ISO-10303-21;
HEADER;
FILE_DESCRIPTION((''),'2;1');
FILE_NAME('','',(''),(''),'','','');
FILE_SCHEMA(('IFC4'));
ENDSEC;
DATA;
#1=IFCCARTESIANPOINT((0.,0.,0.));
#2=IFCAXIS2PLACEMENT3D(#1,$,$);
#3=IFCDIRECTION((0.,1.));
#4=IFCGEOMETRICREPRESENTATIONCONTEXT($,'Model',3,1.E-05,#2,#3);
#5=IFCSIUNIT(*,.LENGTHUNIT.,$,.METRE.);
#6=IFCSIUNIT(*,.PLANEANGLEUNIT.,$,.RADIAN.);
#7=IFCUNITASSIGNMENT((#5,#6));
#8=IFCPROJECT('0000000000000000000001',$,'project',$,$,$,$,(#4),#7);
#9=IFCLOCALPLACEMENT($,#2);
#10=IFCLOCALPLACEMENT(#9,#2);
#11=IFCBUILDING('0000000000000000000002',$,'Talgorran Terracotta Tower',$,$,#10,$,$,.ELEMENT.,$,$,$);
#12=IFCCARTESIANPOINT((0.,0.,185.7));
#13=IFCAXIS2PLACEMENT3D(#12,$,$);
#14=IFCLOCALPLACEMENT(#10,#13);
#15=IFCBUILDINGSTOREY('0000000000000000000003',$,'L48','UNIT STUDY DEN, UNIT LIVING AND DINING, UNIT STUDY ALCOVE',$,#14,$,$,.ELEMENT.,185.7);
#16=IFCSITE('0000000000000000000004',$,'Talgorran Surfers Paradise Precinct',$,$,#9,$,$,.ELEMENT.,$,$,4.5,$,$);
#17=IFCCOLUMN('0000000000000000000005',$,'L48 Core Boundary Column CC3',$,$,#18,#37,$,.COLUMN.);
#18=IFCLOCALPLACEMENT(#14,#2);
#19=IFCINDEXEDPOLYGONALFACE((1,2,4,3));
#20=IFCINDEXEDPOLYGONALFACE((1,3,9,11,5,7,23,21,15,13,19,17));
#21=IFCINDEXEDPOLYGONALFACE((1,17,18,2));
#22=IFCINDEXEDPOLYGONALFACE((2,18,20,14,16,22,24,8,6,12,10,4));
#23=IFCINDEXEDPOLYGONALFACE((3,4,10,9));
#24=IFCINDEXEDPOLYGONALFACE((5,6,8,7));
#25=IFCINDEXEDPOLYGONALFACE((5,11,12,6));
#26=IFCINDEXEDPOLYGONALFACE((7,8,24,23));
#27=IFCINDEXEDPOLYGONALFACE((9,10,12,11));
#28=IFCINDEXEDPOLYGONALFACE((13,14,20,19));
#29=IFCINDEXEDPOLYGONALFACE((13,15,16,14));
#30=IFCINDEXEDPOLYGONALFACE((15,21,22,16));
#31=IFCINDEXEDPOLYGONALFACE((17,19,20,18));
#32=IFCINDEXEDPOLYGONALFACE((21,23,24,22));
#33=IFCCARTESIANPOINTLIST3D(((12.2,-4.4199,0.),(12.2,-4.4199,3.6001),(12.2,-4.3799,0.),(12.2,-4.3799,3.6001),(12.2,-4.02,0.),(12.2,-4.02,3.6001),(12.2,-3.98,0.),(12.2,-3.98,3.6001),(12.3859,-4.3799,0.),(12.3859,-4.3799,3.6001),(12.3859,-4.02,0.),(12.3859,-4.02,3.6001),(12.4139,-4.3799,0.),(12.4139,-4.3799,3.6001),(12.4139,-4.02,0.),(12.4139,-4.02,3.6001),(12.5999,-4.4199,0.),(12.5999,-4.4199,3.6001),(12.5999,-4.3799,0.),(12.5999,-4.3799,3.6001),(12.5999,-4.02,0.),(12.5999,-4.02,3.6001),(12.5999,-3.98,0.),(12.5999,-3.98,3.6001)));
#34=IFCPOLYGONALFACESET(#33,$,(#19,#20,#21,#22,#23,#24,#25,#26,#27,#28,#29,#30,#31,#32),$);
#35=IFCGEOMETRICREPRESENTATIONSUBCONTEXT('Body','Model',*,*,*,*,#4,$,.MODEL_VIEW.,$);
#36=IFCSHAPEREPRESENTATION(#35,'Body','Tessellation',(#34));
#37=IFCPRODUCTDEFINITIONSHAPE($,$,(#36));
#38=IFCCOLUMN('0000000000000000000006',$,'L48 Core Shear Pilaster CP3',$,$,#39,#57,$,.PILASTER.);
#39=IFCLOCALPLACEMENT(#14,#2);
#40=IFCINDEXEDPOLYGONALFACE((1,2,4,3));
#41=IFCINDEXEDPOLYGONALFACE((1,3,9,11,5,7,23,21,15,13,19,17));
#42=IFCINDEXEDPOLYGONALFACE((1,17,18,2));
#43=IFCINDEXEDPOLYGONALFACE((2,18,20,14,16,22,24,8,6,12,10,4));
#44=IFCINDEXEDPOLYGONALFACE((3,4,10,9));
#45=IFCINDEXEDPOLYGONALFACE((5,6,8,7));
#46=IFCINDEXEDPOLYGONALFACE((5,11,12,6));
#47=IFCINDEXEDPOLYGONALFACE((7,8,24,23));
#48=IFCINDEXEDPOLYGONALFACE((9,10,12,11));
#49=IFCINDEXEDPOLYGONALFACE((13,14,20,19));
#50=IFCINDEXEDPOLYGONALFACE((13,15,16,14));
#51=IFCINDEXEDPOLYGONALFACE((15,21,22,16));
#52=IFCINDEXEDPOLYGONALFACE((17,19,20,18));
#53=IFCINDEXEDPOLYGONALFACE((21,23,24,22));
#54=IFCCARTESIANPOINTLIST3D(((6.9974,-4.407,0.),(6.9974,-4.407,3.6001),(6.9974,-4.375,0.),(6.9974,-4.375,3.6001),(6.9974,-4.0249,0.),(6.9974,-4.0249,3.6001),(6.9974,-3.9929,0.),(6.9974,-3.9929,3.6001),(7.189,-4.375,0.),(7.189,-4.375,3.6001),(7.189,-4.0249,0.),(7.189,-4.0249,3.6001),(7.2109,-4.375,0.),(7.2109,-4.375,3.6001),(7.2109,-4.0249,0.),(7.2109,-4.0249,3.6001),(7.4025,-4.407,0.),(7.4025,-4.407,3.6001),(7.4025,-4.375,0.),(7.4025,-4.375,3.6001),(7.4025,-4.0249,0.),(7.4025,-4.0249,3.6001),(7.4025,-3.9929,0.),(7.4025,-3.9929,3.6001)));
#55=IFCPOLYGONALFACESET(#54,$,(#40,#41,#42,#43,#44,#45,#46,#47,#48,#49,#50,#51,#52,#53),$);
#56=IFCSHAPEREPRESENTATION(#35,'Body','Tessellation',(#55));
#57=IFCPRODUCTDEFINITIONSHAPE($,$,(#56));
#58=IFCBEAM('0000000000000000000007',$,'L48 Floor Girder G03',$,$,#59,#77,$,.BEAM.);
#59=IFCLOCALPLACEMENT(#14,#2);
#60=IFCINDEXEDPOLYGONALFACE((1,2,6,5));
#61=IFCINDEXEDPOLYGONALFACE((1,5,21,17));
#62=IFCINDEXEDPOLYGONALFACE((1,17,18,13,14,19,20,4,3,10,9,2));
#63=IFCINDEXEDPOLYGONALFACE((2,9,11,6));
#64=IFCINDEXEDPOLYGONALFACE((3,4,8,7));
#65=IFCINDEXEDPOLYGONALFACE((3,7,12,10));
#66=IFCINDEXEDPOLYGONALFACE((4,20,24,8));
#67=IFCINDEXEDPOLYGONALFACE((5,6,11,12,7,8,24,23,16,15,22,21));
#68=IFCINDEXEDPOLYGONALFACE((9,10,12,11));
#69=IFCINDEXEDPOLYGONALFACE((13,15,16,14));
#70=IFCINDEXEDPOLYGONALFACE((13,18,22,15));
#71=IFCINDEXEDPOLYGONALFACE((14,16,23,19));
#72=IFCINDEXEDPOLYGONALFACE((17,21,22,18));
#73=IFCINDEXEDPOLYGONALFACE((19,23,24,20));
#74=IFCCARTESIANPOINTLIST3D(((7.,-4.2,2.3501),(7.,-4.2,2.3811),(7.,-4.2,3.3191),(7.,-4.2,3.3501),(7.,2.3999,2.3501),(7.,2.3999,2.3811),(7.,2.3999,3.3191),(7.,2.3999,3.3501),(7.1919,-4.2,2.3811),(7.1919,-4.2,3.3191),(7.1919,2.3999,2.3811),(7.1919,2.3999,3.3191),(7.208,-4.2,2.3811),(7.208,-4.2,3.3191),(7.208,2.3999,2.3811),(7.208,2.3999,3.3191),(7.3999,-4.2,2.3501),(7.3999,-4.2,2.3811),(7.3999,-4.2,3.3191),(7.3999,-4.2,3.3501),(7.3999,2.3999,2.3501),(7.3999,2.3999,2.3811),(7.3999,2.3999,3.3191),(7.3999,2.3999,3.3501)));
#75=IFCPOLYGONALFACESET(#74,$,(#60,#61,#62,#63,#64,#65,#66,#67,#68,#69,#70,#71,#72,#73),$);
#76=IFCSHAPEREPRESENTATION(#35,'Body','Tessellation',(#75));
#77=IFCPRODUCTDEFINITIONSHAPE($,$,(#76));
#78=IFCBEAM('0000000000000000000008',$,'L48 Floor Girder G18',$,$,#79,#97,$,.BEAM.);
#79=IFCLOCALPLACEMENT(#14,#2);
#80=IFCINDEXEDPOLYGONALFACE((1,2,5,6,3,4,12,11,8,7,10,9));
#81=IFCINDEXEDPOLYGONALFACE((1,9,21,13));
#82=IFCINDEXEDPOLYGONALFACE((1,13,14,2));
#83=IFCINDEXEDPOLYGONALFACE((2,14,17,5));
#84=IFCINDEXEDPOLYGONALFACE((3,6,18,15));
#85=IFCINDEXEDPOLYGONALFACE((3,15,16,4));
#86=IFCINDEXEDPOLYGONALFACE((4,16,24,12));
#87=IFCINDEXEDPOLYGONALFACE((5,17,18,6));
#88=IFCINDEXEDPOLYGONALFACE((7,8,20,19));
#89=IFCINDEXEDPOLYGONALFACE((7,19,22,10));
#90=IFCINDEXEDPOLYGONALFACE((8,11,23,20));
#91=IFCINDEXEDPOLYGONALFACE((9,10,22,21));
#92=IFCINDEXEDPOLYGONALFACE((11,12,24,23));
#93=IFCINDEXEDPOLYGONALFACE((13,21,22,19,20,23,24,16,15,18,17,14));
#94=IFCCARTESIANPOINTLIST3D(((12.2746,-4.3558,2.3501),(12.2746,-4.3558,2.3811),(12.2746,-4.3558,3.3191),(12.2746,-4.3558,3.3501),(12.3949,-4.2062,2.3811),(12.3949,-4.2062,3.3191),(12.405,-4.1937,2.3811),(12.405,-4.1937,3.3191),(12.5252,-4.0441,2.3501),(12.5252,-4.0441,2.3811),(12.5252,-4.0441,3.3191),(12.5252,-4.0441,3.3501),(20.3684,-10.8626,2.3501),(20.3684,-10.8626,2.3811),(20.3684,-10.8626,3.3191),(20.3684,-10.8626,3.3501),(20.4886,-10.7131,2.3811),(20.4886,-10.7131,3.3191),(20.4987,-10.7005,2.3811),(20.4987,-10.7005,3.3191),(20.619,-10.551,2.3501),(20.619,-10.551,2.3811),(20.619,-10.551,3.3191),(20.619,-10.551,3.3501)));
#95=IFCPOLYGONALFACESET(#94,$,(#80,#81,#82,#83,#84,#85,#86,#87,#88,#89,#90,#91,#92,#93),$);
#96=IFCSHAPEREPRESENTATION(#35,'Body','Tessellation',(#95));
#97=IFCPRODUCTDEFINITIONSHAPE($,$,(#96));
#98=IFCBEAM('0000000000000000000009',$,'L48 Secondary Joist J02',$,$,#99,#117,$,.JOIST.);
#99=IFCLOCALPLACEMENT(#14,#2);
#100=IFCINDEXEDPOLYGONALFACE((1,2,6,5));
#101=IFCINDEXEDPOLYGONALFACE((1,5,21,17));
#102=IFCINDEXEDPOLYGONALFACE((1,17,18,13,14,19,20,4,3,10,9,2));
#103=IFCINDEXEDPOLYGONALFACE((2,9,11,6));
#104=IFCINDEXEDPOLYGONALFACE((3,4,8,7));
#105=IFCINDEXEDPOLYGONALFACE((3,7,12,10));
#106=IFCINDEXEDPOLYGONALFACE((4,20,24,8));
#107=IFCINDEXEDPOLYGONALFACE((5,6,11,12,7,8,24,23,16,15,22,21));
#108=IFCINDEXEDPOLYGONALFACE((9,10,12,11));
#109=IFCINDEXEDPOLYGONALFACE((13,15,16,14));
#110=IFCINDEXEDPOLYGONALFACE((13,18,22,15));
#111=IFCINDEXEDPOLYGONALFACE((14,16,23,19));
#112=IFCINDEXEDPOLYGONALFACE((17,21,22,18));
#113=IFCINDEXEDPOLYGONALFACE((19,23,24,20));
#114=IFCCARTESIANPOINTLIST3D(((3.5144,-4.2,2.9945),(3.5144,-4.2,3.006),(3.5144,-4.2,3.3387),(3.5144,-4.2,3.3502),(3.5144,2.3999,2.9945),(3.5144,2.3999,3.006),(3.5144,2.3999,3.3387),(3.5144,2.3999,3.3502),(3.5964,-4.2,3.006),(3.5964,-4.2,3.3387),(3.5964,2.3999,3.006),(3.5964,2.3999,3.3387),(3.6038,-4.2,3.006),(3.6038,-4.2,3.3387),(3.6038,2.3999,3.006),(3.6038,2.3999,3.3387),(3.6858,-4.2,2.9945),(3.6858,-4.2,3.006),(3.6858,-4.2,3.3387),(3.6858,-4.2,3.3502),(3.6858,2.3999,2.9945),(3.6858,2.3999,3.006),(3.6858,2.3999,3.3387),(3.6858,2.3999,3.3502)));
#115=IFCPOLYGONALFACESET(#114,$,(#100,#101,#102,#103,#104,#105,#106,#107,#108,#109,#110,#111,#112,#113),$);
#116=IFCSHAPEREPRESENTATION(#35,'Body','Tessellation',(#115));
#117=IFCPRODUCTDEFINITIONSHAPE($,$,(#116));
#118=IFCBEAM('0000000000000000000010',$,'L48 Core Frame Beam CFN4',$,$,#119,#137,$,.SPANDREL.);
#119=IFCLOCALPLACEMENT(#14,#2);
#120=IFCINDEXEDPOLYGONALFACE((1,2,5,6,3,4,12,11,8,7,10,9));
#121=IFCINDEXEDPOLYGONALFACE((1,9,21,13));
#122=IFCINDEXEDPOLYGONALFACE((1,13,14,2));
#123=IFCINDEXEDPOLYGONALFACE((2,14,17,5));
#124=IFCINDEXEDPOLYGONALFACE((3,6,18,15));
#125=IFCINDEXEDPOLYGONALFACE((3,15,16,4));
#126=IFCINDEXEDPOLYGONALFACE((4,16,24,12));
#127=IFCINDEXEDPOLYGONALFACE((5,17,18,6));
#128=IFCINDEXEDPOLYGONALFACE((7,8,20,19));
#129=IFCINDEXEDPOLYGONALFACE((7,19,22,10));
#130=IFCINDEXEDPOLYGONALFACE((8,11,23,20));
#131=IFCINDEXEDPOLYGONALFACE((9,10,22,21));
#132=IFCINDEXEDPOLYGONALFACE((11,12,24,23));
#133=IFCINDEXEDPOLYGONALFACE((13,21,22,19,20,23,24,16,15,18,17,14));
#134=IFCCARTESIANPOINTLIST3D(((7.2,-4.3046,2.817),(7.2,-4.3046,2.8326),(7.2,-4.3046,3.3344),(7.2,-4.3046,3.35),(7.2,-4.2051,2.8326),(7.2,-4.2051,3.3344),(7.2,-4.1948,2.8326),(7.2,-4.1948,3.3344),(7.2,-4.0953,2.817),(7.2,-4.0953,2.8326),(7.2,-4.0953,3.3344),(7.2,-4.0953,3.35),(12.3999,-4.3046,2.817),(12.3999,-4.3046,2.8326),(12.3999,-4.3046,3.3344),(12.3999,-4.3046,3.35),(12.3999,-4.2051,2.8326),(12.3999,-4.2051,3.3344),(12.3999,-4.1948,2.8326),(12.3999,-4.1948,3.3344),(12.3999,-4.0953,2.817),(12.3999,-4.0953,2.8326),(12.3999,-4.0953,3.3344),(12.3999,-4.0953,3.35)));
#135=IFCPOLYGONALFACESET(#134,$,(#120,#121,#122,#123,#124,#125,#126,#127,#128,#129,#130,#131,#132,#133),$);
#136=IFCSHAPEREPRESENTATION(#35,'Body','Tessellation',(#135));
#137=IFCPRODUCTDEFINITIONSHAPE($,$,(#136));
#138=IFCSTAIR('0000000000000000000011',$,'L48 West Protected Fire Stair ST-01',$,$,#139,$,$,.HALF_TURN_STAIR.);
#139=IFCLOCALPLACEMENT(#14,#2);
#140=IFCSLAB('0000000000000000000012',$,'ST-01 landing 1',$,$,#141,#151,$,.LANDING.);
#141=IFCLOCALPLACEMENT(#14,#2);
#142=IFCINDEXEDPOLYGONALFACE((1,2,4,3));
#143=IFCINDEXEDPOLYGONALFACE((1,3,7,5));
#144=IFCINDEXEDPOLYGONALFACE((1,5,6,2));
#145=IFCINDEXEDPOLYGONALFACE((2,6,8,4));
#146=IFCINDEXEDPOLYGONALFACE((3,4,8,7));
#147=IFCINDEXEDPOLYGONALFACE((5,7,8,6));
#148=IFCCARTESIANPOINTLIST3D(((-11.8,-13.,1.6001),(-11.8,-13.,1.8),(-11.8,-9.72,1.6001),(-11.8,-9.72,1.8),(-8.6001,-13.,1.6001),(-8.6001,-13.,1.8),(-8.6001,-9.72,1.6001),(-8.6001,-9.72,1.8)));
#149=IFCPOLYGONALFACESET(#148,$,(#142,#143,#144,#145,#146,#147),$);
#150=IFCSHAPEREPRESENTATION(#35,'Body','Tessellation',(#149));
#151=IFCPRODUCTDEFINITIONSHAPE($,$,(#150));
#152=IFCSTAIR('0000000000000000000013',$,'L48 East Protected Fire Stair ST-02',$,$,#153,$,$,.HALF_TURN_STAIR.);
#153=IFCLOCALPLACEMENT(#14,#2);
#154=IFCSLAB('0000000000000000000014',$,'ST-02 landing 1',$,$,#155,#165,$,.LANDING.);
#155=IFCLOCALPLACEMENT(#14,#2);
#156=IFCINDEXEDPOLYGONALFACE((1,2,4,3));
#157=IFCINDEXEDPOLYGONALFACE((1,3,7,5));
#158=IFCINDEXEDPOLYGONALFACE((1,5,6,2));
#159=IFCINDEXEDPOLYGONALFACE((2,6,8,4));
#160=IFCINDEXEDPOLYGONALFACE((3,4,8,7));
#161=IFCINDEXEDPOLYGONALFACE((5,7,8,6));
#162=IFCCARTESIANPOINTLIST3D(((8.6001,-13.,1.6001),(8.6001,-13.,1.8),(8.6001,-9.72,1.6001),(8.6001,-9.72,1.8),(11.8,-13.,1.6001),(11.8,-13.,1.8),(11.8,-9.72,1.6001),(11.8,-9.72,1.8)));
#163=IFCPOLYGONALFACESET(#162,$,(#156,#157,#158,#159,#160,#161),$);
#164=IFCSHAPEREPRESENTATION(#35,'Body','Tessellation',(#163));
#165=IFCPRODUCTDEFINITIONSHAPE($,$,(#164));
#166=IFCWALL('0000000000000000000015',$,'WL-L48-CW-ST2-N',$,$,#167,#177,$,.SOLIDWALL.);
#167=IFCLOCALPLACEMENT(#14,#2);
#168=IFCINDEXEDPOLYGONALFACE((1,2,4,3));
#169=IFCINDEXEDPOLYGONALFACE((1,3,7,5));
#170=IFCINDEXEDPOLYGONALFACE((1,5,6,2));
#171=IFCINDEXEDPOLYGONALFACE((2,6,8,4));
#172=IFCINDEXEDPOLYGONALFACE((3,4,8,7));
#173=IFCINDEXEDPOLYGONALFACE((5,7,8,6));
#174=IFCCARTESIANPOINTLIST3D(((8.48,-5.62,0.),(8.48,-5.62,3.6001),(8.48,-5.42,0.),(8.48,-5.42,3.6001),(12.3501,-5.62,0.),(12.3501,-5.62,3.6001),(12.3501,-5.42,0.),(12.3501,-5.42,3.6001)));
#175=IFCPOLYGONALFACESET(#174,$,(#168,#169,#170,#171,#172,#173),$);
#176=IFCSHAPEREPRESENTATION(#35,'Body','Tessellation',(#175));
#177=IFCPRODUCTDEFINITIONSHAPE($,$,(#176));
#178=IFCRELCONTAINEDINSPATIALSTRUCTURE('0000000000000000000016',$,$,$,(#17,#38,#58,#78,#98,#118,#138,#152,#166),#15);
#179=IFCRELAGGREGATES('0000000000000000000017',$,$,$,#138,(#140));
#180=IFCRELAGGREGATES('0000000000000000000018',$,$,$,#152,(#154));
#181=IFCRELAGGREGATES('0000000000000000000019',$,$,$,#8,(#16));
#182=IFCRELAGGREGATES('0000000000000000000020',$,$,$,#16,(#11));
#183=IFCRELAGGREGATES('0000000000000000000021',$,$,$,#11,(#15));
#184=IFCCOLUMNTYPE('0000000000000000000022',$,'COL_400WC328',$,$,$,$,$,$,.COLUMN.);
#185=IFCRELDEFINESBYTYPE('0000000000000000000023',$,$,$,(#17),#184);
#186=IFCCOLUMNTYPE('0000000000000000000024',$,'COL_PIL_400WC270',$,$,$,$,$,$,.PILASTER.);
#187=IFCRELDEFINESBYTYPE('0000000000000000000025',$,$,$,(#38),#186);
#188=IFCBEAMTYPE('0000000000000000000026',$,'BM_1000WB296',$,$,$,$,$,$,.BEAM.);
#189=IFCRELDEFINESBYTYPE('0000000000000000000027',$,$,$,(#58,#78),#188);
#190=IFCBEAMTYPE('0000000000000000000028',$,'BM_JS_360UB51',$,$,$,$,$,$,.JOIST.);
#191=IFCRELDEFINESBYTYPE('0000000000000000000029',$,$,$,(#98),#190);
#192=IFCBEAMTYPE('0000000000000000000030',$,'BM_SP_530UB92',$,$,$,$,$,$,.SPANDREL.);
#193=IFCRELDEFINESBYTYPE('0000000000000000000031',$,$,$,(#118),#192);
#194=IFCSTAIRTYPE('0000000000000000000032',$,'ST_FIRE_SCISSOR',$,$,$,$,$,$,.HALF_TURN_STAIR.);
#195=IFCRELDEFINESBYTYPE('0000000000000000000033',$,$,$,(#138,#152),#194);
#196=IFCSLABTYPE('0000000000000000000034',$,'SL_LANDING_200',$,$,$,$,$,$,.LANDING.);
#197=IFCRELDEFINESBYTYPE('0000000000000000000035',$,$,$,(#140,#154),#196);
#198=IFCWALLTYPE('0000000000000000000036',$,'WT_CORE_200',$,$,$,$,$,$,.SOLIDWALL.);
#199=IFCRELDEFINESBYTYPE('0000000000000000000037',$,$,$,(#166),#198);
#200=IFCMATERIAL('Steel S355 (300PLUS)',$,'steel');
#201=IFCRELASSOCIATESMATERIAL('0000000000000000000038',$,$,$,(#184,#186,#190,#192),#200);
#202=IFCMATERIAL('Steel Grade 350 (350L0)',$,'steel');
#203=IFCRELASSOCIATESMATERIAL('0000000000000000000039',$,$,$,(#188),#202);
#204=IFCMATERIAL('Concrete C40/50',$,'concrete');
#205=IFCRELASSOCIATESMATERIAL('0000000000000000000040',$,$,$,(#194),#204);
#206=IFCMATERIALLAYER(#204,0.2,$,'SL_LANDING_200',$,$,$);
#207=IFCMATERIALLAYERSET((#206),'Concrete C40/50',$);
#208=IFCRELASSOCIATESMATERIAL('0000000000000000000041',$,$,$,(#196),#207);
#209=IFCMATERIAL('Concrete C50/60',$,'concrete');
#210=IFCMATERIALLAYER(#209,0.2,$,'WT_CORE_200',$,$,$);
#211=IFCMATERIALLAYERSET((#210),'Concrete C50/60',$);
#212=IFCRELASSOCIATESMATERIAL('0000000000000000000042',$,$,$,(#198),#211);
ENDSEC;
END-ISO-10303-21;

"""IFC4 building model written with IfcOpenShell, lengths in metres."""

from ifc_helpers import new_model, si_unit, direction, frame, frame_2d, origin, origin_2d, place, context, subcontext, project, spatial, polyline, rectangle, i_section, outline, extrude, material, layer, layer_set, material_profile, profile_set, type_object, element, aggregate, save


model = new_model("IFC4")

# Units and contexts
model_context = context("Model", 3, precision=1e-05, world=origin(), true_north=direction((0.0, 1.0)))
body_context = subcontext(model_context, "Body", "Model", "MODEL_VIEW")
ifc_project = project(units=[si_unit("LENGTHUNIT", "METRE"), si_unit("PLANEANGLEUNIT", "RADIAN")], contexts=[model_context])

# Site, building, storey
site_placement = place(None, origin())
site = spatial("IfcSite", under=ifc_project, at=site_placement, Name="Talgorran Surfers Paradise Precinct", CompositionType="ELEMENT", RefElevation=4.5)
building_placement = place(site_placement, origin())
building = spatial("IfcBuilding", under=site, at=building_placement, Name="Talgorran Terracotta Tower", CompositionType="ELEMENT")
storey_placement = place(building_placement, frame((0.0, 0.0, 185.7)))
storey = spatial("IfcBuildingStorey", under=building, at=storey_placement, Name="L48", Description="UNIT STUDY DEN, UNIT LIVING AND DINING, UNIT STUDY ALCOVE", CompositionType="ELEMENT", Elevation=185.7)

# Columns
ifc_material_1 = material(Name="Steel S355 (300PLUS)", Category="steel")
ifc_material_profile_1 = material_profile(ifc_material_1, i_section(OverallWidth=0.3999, OverallDepth=0.4399, WebThickness=0.0281, FlangeThickness=0.04, at=origin_2d()), Name="400WC328")
ifc_profile_set_1 = profile_set([ifc_material_profile_1], Name="Steel S355 (300PLUS)")
column_type_1 = type_object("IfcColumnType", Name="COL_400WC328", PredefinedType="COLUMN", material=ifc_profile_set_1)
column_1_placement = place(storey_placement, frame((12.3999, -4.2, 0.0), z_axis=(0.0, 0.0, 1.0), x_axis=(1.0, 0.0, 0.0)))
element("IfcColumn", 1, at=column_1_placement, inside=storey, type_object=column_type_1, Name="L48 Core Boundary Column CC3", PredefinedType="COLUMN", context=body_context, shape_type="SweptSolid", body=[
    extrude(i_section(OverallWidth=0.3999, OverallDepth=0.4399, WebThickness=0.0281, FlangeThickness=0.04, at=origin_2d()), origin(), (0.0, 0.0, 1.0), 3.6001),
])
ifc_material_profile_2 = material_profile(ifc_material_1, i_section(OverallWidth=0.405, OverallDepth=0.4141, WebThickness=0.022, FlangeThickness=0.032, at=origin_2d()), Name="400WC270")
ifc_profile_set_2 = profile_set([ifc_material_profile_2], Name="Steel S355 (300PLUS)")
column_type_2 = type_object("IfcColumnType", Name="COL_PIL_400WC270", PredefinedType="PILASTER", material=ifc_profile_set_2)
column_2_placement = place(storey_placement, frame((7.2, -4.2, 0.0), z_axis=(0.0, 0.0, 1.0), x_axis=(1.0, 0.0, 0.0)))
element("IfcColumn", 2, at=column_2_placement, inside=storey, type_object=column_type_2, Name="L48 Core Shear Pilaster CP3", PredefinedType="PILASTER", context=body_context, shape_type="SweptSolid", body=[
    extrude(i_section(OverallWidth=0.405, OverallDepth=0.4141, WebThickness=0.022, FlangeThickness=0.032, at=origin_2d()), origin(), (0.0, 0.0, 1.0), 3.6001),
])

# Beams
ifc_material_2 = material(Name="Steel Grade 350 (350L0)", Category="steel")
ifc_material_profile_3 = material_profile(ifc_material_2, i_section(OverallWidth=0.3999, OverallDepth=1.0, WebThickness=0.0161, FlangeThickness=0.031, at=origin_2d()), Name="1000WB296")
ifc_profile_set_3 = profile_set([ifc_material_profile_3], Name="Steel Grade 350 (350L0)")
beam_type_1 = type_object("IfcBeamType", Name="BM_1000WB296", PredefinedType="BEAM", material=ifc_profile_set_3)
beam_1_placement = place(storey_placement, frame((7.2, -4.2, 2.8501), z_axis=(0.0, 1.0, 0.0), x_axis=(-1.0, 0.0, 0.0)))
element("IfcBeam", 3, at=beam_1_placement, inside=storey, type_object=beam_type_1, Name="L48 Floor Girder G03", PredefinedType="BEAM", context=body_context, shape_type="SweptSolid", body=[
    extrude(i_section(OverallWidth=0.3999, OverallDepth=1.0, WebThickness=0.0161, FlangeThickness=0.031, at=origin_2d()), origin(), (0.0, 0.0, 1.0), 6.5999),
])
beam_2_placement = place(storey_placement, frame((12.3999, -4.2, 2.8501), z_axis=(0.779371, -0.626563, 0.0), x_axis=(0.626563, 0.779371, 0.0)))
element("IfcBeam", 4, at=beam_2_placement, inside=storey, type_object=beam_type_1, Name="L48 Floor Girder G18", PredefinedType="BEAM", context=body_context, shape_type="SweptSolid", body=[
    extrude(i_section(OverallWidth=0.3999, OverallDepth=1.0, WebThickness=0.0161, FlangeThickness=0.031, at=origin_2d()), origin(), (0.0, 0.0, 1.0), 10.385),
])
ifc_material_profile_4 = material_profile(ifc_material_1, i_section(OverallWidth=0.1714, OverallDepth=0.3557, WebThickness=0.0073, FlangeThickness=0.0115, at=origin_2d()), Name="360UB50.7")
ifc_profile_set_4 = profile_set([ifc_material_profile_4], Name="Steel S355 (300PLUS)")
beam_type_2 = type_object("IfcBeamType", Name="BM_JS_360UB51", PredefinedType="JOIST", material=ifc_profile_set_4)
beam_3_placement = place(storey_placement, frame((3.6001, -4.2, 3.1724), z_axis=(0.0, 1.0, 0.0), x_axis=(-1.0, 0.0, 0.0)))
element("IfcBeam", 5, at=beam_3_placement, inside=storey, type_object=beam_type_2, Name="L48 Secondary Joist J02", PredefinedType="JOIST", context=body_context, shape_type="SweptSolid", body=[
    extrude(i_section(OverallWidth=0.1714, OverallDepth=0.3557, WebThickness=0.0073, FlangeThickness=0.0115, at=origin_2d()), origin(), (0.0, 0.0, 1.0), 6.5999),
])
ifc_material_profile_5 = material_profile(ifc_material_1, i_section(OverallWidth=0.2092, OverallDepth=0.533, WebThickness=0.0103, FlangeThickness=0.0156, at=origin_2d()), Name="530UB92.4")
ifc_profile_set_5 = profile_set([ifc_material_profile_5], Name="Steel S355 (300PLUS)")
beam_type_3 = type_object("IfcBeamType", Name="BM_SP_530UB92", PredefinedType="SPANDREL", material=ifc_profile_set_5)
beam_4_placement = place(storey_placement, frame((7.2, -4.2, 3.0835), z_axis=(1.0, 0.0, 0.0), x_axis=(0.0, 1.0, 0.0)))
element("IfcBeam", 6, at=beam_4_placement, inside=storey, type_object=beam_type_3, Name="L48 Core Frame Beam CFN4", PredefinedType="SPANDREL", context=body_context, shape_type="SweptSolid", body=[
    extrude(i_section(OverallWidth=0.2092, OverallDepth=0.533, WebThickness=0.0103, FlangeThickness=0.0156, at=origin_2d()), origin(), (0.0, 0.0, 1.0), 5.2),
])

# Stairs, slabs
ifc_material_3 = material(Name="Concrete C40/50", Category="concrete")
stair_type = type_object("IfcStairType", Name="ST_FIRE_SCISSOR", PredefinedType="HALF_TURN_STAIR", material=ifc_material_3)
stair_1_placement = place(storey_placement, origin())
stair_1 = element("IfcStair", 7, at=stair_1_placement, inside=storey, type_object=stair_type, Name="L48 West Protected Fire Stair ST-01", PredefinedType="HALF_TURN_STAIR")
ifc_layer_1 = layer(ifc_material_3, 0.2, Name="SL_LANDING_200")
ifc_layer_set_1 = layer_set([ifc_layer_1], Name="Concrete C40/50")
slab_type = type_object("IfcSlabType", Name="SL_LANDING_200", PredefinedType="LANDING", material=ifc_layer_set_1)
slab_1_placement = place(storey_placement, frame((0.0, 0.0, 1.6001)))
slab_1 = element("IfcSlab", 8, at=slab_1_placement, type_object=slab_type, Name="ST-01 landing 1", PredefinedType="LANDING", context=body_context, shape_type="SweptSolid", body=[
    extrude(outline(polyline([(-11.8, -9.72), (-11.8, -13.0), (-8.6001, -13.0), (-8.6001, -9.72), (-11.8, -9.72)])), origin(), (0.0, 0.0, 1.0), 0.2),
])
aggregate(stair_1, [slab_1])
stair_2_placement = place(storey_placement, origin())
stair_2 = element("IfcStair", 9, at=stair_2_placement, inside=storey, type_object=stair_type, Name="L48 East Protected Fire Stair ST-02", PredefinedType="HALF_TURN_STAIR")
slab_2_placement = place(storey_placement, frame((0.0, 0.0, 1.6001)))
slab_2 = element("IfcSlab", 10, at=slab_2_placement, type_object=slab_type, Name="ST-02 landing 1", PredefinedType="LANDING", context=body_context, shape_type="SweptSolid", body=[
    extrude(outline(polyline([(8.6001, -9.72), (8.6001, -13.0), (11.8, -13.0), (11.8, -9.72), (8.6001, -9.72)])), origin(), (0.0, 0.0, 1.0), 0.2),
])
aggregate(stair_2, [slab_2])

# Wall
ifc_material_4 = material(Name="Concrete C50/60", Category="concrete")
ifc_layer_2 = layer(ifc_material_4, 0.2, Name="WT_CORE_200")
ifc_layer_set_2 = layer_set([ifc_layer_2], Name="Concrete C50/60")
wall_type_1 = type_object("IfcWallType", Name="WT_CORE_200", PredefinedType="SOLIDWALL", material=ifc_layer_set_2)
wall_1_placement = place(storey_placement, frame((8.48, -5.52, 0.0), z_axis=(0.0, 0.0, 1.0), x_axis=(1.0, 0.0, 0.0)))
element("IfcWall", 11, at=wall_1_placement, inside=storey, type_object=wall_type_1, Name="WL-L48-CW-ST2-N", PredefinedType="SOLIDWALL", context=body_context, shape_type="SweptSolid", body=[
    extrude(rectangle(XDim=3.8701, YDim=0.2, at=frame_2d((1.9351, 0.0))), origin(), (0.0, 0.0, 1.0), 3.6001),
])

save(model, "model.ifc")
